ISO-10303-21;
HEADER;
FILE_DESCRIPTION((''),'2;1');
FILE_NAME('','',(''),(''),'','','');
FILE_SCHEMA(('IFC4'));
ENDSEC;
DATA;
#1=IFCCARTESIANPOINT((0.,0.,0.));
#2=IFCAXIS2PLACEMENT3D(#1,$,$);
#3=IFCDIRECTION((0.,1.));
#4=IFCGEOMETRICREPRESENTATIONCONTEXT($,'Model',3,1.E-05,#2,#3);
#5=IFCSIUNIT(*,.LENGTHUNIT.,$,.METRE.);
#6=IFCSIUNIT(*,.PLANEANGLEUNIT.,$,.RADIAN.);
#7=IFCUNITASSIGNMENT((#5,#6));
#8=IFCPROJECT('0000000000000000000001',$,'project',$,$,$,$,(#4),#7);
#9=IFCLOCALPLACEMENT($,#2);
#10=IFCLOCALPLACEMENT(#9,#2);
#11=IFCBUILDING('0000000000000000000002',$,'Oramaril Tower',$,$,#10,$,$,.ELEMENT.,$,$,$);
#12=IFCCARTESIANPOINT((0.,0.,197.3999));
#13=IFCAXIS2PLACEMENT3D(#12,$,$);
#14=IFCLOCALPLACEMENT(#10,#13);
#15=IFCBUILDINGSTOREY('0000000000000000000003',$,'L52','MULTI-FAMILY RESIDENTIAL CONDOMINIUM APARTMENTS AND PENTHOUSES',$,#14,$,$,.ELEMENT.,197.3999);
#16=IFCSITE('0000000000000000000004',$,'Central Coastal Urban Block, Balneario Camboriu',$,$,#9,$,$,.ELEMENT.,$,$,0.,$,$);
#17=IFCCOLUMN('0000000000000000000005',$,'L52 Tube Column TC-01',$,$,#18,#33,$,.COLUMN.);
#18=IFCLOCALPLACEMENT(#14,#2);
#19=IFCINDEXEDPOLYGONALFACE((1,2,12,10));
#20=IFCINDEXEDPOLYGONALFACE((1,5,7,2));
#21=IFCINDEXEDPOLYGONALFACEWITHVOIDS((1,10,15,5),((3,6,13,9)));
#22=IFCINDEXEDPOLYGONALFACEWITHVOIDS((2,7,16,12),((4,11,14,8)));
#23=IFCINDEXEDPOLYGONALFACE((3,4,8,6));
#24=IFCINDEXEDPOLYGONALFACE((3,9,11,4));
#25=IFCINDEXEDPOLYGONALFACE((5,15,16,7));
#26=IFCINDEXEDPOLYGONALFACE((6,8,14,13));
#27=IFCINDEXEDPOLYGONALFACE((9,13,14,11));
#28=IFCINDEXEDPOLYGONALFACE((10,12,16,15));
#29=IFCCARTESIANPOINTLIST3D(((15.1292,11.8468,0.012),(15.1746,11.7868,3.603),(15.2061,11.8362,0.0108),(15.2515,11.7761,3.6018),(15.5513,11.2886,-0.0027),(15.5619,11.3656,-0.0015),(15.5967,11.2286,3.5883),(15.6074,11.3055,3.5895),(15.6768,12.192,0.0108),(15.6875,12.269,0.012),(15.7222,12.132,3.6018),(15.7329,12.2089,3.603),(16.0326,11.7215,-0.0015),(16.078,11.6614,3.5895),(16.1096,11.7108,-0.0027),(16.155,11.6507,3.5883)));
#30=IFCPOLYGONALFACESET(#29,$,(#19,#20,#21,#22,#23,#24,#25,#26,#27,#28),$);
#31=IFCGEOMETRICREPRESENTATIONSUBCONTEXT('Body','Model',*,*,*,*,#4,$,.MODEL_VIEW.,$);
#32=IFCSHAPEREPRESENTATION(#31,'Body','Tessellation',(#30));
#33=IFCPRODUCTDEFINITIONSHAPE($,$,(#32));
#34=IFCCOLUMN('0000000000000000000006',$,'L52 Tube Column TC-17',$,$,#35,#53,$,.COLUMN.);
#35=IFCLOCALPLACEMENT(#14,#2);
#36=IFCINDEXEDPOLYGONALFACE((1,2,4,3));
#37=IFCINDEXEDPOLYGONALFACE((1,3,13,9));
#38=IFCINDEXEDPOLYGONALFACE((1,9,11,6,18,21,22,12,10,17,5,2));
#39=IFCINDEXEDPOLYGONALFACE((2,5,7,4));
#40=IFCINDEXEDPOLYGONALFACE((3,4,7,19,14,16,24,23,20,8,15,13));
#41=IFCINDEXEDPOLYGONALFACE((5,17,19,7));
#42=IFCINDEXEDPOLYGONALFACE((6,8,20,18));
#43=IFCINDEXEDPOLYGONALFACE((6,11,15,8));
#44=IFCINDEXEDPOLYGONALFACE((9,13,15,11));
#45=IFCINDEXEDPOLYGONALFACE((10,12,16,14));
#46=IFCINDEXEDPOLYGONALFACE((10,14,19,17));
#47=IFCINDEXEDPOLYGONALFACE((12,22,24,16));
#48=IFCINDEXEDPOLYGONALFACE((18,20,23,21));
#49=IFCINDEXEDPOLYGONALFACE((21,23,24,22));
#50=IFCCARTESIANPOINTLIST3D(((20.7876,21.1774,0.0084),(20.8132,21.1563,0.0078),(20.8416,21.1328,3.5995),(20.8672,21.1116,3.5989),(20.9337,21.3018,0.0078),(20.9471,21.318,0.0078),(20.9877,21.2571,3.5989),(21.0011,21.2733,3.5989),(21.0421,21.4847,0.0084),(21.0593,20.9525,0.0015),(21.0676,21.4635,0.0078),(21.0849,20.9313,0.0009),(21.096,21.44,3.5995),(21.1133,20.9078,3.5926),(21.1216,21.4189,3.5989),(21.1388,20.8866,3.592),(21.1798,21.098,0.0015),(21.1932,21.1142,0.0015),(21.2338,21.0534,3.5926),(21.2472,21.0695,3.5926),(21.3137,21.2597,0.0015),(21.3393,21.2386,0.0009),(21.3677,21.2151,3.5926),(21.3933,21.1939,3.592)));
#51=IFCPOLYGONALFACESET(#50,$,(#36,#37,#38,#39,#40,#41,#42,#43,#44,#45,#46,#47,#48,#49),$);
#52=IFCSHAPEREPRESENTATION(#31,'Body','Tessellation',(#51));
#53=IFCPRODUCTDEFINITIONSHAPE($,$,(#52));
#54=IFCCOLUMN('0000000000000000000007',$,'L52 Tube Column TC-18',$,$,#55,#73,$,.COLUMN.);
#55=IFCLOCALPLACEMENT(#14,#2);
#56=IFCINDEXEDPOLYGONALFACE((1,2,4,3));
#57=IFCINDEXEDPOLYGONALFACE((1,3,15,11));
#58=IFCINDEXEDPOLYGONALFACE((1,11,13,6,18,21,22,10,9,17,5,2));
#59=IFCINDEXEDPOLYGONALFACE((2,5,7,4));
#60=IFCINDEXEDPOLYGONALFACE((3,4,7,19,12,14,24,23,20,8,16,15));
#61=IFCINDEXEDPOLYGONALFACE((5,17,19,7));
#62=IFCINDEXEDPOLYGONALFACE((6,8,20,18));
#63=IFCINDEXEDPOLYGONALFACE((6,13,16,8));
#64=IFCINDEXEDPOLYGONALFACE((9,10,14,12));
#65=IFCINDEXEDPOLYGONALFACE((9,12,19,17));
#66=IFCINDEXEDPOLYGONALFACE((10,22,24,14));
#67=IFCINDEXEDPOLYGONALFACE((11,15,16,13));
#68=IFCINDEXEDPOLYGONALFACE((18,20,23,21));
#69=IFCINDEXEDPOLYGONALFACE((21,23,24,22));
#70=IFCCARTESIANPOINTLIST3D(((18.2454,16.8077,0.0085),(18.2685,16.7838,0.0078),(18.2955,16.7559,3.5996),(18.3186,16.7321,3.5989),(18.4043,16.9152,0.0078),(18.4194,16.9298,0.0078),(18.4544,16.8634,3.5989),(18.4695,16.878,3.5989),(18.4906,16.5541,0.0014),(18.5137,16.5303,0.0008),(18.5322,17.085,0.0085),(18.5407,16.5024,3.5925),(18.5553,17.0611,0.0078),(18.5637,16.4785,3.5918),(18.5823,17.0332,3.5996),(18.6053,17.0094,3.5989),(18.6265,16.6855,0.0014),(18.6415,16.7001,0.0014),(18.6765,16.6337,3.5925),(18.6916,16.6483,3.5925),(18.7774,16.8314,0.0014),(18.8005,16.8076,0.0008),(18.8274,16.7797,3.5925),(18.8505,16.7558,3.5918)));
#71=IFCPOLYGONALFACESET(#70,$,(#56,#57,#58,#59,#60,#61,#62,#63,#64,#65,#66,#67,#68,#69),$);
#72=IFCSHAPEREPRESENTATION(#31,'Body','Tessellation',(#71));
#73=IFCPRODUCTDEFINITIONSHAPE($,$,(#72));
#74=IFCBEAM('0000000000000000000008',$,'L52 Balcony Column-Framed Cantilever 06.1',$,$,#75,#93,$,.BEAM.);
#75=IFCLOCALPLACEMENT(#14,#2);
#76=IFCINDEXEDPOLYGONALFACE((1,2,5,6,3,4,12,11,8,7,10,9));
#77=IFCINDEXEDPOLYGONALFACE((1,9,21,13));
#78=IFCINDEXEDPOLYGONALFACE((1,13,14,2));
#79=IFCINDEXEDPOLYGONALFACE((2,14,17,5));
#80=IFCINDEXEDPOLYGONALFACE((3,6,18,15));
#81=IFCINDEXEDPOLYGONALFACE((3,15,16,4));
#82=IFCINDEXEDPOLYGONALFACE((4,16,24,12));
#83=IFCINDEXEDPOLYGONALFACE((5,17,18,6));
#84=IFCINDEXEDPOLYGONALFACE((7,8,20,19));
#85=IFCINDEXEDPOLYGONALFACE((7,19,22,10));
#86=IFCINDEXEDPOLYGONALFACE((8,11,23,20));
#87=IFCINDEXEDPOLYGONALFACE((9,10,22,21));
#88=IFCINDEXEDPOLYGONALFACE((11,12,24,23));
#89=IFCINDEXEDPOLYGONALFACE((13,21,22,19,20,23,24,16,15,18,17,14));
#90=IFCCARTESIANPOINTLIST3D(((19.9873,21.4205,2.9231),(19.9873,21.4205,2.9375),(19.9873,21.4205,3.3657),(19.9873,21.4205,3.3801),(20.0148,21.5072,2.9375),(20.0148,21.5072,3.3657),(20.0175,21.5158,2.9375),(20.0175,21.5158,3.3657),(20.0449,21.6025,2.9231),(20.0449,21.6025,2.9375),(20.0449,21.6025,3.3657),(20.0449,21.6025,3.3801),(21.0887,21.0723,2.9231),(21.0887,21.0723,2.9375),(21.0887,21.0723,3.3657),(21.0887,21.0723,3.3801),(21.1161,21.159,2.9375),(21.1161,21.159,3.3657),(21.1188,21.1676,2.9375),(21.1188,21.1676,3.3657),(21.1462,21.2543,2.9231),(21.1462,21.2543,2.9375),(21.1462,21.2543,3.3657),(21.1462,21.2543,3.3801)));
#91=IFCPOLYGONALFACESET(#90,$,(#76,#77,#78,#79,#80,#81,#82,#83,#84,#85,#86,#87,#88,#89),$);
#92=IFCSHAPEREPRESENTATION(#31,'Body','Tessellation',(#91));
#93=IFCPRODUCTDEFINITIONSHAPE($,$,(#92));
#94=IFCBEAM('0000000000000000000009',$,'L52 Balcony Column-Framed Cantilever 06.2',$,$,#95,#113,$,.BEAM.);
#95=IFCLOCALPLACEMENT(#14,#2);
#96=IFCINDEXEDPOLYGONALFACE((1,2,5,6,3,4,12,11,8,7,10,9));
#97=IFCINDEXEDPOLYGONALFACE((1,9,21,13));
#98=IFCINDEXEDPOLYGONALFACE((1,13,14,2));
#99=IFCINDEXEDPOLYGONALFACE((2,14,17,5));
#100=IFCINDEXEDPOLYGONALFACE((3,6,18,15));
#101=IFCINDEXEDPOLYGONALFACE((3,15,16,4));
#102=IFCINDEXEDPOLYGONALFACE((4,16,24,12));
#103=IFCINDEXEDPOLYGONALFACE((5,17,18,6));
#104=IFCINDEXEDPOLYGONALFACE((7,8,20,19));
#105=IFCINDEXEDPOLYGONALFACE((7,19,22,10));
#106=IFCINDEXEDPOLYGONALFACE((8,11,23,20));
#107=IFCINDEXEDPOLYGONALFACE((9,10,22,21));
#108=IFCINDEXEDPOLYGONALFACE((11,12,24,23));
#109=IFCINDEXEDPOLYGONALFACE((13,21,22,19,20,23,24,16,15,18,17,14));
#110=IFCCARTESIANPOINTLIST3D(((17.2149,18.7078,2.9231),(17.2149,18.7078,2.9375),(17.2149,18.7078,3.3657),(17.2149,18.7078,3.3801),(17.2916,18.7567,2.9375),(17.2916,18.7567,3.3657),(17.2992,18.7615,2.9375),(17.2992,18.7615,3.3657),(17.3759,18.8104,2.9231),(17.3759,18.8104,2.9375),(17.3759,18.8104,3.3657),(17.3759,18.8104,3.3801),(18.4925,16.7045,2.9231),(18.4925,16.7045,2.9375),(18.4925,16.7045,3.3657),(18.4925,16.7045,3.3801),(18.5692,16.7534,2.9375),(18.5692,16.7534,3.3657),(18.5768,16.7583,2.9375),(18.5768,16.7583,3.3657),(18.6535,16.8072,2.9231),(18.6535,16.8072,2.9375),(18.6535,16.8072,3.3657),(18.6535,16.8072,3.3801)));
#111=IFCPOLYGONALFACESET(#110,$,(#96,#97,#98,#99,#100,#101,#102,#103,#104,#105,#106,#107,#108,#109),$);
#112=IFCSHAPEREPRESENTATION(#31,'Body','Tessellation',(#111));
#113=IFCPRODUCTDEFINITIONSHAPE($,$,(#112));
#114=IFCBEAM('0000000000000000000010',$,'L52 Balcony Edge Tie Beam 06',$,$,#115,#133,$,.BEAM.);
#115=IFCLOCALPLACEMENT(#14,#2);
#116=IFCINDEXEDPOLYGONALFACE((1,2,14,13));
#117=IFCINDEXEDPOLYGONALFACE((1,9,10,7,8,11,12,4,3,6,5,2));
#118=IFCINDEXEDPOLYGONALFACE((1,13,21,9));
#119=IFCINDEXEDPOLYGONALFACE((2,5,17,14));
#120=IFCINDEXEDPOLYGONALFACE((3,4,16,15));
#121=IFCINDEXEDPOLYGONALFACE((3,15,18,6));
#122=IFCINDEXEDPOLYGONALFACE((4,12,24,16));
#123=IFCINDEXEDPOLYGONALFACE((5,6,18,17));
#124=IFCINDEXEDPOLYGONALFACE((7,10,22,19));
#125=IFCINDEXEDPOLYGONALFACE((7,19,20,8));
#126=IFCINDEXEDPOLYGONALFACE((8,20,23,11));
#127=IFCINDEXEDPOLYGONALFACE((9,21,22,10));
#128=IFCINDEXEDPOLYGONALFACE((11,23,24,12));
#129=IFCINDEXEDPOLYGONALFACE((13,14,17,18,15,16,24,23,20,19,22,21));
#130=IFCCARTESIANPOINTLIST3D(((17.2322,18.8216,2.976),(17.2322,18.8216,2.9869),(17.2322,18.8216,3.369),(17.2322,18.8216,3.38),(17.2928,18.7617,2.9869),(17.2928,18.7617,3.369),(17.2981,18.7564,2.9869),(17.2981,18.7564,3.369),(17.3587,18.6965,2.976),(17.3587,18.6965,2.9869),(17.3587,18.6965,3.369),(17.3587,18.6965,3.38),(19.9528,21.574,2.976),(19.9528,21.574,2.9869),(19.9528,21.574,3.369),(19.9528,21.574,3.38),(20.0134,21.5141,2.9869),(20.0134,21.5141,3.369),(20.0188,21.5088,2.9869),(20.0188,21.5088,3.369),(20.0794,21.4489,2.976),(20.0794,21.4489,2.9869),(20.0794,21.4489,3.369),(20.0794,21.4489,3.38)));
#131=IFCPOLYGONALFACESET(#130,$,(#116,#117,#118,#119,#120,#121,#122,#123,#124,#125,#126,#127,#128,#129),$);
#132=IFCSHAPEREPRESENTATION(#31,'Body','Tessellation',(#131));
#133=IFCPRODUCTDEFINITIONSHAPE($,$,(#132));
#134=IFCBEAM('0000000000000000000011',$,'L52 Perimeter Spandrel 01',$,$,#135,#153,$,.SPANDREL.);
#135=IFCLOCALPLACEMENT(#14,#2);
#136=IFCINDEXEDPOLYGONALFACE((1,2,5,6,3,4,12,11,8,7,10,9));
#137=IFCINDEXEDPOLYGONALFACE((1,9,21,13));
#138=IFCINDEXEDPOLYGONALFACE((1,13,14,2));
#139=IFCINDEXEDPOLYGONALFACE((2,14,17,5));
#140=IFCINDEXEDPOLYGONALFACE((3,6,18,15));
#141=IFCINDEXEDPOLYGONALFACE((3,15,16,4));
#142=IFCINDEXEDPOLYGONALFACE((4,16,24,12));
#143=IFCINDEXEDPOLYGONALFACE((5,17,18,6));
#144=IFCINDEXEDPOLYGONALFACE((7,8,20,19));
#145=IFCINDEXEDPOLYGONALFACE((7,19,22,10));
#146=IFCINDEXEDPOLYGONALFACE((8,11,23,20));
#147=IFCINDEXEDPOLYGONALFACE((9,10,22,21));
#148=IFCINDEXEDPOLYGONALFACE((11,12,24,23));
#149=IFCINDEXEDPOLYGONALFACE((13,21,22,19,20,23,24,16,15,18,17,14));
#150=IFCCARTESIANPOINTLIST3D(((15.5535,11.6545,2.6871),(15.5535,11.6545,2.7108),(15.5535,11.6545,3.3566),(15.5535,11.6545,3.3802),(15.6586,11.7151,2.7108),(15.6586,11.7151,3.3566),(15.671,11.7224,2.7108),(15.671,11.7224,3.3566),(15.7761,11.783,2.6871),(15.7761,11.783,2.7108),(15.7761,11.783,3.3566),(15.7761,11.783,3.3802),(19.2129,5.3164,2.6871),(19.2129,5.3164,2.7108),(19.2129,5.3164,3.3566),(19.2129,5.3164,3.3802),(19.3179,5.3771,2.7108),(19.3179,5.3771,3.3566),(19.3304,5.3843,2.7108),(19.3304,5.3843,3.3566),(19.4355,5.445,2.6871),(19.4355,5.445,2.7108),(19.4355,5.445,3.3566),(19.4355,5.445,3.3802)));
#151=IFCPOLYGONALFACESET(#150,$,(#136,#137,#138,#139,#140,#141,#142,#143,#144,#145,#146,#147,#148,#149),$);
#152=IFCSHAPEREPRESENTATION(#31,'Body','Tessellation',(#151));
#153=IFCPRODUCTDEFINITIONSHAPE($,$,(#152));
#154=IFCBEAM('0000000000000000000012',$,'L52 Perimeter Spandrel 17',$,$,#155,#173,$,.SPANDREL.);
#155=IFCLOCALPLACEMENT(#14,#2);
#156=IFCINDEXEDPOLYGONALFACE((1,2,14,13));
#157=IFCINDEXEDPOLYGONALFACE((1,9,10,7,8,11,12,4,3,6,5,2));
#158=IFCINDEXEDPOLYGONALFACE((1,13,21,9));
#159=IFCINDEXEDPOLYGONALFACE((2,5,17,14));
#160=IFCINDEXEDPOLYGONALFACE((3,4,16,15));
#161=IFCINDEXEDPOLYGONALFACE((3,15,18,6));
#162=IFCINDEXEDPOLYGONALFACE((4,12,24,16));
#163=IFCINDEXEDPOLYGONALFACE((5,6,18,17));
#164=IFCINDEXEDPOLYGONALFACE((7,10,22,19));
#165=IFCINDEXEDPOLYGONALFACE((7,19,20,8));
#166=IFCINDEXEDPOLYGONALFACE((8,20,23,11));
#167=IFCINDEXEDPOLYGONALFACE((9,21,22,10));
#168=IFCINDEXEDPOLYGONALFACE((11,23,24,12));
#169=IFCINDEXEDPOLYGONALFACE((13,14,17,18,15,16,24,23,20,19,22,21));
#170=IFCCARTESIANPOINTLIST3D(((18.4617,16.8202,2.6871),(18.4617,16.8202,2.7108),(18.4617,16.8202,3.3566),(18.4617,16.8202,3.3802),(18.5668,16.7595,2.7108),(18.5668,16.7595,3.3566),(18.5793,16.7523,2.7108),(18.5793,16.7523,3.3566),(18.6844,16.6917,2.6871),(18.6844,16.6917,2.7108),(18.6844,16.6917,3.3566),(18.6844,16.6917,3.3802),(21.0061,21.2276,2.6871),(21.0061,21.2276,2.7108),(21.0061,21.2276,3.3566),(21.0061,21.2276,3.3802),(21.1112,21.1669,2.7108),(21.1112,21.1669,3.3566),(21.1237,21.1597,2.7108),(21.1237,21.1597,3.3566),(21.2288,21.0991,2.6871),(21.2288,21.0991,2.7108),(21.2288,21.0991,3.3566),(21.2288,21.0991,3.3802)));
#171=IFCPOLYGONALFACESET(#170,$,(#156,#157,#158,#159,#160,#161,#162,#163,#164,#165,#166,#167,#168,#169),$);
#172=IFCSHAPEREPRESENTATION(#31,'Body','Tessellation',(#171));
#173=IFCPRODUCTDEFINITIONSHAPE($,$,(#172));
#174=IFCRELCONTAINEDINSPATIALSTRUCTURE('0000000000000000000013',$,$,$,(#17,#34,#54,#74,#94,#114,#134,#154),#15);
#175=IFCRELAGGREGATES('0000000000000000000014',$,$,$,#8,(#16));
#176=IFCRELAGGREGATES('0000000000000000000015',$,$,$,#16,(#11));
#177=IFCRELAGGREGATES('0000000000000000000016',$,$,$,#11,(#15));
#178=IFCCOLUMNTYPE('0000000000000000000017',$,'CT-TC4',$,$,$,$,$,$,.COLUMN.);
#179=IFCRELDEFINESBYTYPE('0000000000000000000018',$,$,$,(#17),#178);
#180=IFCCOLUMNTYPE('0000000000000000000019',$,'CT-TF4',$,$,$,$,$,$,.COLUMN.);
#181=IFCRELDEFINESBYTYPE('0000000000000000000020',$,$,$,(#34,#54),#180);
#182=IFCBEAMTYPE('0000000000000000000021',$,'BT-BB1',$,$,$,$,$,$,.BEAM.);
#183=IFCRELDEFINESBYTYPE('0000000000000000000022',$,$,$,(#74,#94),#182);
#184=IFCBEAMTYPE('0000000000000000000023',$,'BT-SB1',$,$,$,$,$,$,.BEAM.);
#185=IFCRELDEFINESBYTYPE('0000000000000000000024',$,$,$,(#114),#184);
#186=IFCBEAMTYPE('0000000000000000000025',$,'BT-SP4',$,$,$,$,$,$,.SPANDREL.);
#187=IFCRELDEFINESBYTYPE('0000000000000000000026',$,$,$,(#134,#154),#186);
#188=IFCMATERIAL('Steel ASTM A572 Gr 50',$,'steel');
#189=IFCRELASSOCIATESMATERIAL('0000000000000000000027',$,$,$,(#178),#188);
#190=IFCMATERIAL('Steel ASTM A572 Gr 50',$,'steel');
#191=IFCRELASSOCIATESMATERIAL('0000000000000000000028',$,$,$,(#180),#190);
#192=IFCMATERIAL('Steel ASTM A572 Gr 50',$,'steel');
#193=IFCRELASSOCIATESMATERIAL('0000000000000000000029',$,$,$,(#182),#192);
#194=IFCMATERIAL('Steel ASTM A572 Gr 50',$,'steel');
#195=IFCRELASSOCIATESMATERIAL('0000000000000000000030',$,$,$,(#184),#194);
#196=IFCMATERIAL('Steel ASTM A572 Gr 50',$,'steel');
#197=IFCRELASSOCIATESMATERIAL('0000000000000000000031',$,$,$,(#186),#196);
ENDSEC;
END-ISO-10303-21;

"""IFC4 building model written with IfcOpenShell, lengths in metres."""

from ifc_helpers import new_model, si_unit, direction, frame, origin, origin_2d, place, context, subcontext, project, spatial, hollow_rectangle, i_section, extrude, material, material_profile, profile_set, type_object, element, save


model = new_model("IFC4")

# Units and contexts
model_context = context("Model", 3, precision=1e-05, world=origin(), true_north=direction((0.0, 1.0)))
body_context = subcontext(model_context, "Body", "Model", "MODEL_VIEW")
ifc_project = project(units=[si_unit("LENGTHUNIT", "METRE"), si_unit("PLANEANGLEUNIT", "RADIAN")], contexts=[model_context])

# Site, building, storey
site_placement = place(None, origin())
site = spatial("IfcSite", under=ifc_project, at=site_placement, Name="Central Coastal Urban Block, Balneario Camboriu", CompositionType="ELEMENT", RefElevation=0.0)
building_placement = place(site_placement, origin())
building = spatial("IfcBuilding", under=site, at=building_placement, Name="Oramaril Tower", CompositionType="ELEMENT")
storey_placement = place(building_placement, frame((0.0, 0.0, 197.3999)))
storey = spatial("IfcBuildingStorey", under=building, at=storey_placement, Name="L52", Description="MULTI-FAMILY RESIDENTIAL CONDOMINIUM APARTMENTS AND PENTHOUSES", CompositionType="ELEMENT", Elevation=197.3999)

# Columns
ifc_material_1 = material(Name="Steel ASTM A572 Gr 50", Category="steel")
ifc_material_profile_1 = material_profile(ifc_material_1, hollow_rectangle(XDim=0.7, YDim=0.7, WallThickness=0.0549, at=origin_2d()), Name="BOX700X700X55")
ifc_profile_set_1 = profile_set([ifc_material_profile_1], Name="Steel ASTM A572 Gr 50")
column_type_1 = type_object("IfcColumnType", Name="CT-TC4", PredefinedType="COLUMN", material=ifc_profile_set_1)
column_placement = place(storey_placement, frame((15.6194, 11.7788, 0.0046), z_axis=(0.012643, -0.016721, 0.99978), x_axis=(0.797659, 0.603108, 0.0)))
element("IfcColumn", 1, at=column_placement, inside=storey, type_object=column_type_1, Name="L52 Tube Column TC-01", PredefinedType="COLUMN", context=body_context, shape_type="SweptSolid", body=[
    extrude(hollow_rectangle(XDim=0.7, YDim=0.7, WallThickness=0.0549, at=origin_2d()), origin(), (0.0, 0.0, 1.0), 3.5918),
])
ifc_material_2 = material(Name="Steel ASTM A572 Gr 50", Category="steel")
ifc_material_profile_2 = material_profile(ifc_material_2, i_section(OverallWidth=0.3989, OverallDepth=0.386, WebThickness=0.021, FlangeThickness=0.0332, at=origin_2d()), Name="W14X176")
ifc_profile_set_2 = profile_set([ifc_material_profile_2], Name="Steel ASTM A572 Gr 50")
column_type_2 = type_object("IfcColumnType", Name="CT-TF4", PredefinedType="COLUMN", material=ifc_profile_set_2)
for number, where, z_axis, x_axis, name in (
    (2, (21.0635, 21.208, 0.0046), (0.015022, -0.012439, 0.99981), (0.637782, 0.770217, 0.0), "L52 Tube Column TC-17"),
    (3, (18.5229, 16.8076, 0.0046), (0.013934, -0.01441, 0.999799), (0.718875, 0.695139, 0.0), "L52 Tube Column TC-18"),
):
    element("IfcColumn", number, at=place(storey_placement, frame(where, z_axis=z_axis, x_axis=x_axis)), inside=storey, type_object=column_type_2, Name=name, PredefinedType="COLUMN", context=body_context, shape_type="SweptSolid", body=[
        extrude(i_section(OverallWidth=0.3989, OverallDepth=0.386, WebThickness=0.021, FlangeThickness=0.0332, at=origin_2d()), origin(), (0.0, 0.0, 1.0), 3.5918),
    ])

# Beams
ifc_material_3 = material(Name="Steel ASTM A572 Gr 50", Category="steel")
ifc_material_profile_3 = material_profile(ifc_material_3, i_section(OverallWidth=0.1909, OverallDepth=0.457, WebThickness=0.009, FlangeThickness=0.0144, at=origin_2d()), Name="W18X50")
ifc_profile_set_3 = profile_set([ifc_material_profile_3], Name="Steel ASTM A572 Gr 50")
beam_type_1 = type_object("IfcBeamType", Name="BT-BB1", PredefinedType="BEAM", material=ifc_profile_set_3)
beam_1_placement = place(storey_placement, frame((21.1174, 21.1633, 3.1516), z_axis=(-0.953493, 0.301415, 0.0), x_axis=(-0.301415, -0.953493, 0.0)))
element("IfcBeam", 4, at=beam_1_placement, inside=storey, type_object=beam_type_1, Name="L52 Balcony Column-Framed Cantilever 06.1", PredefinedType="BEAM", context=body_context, shape_type="SweptSolid", body=[
    extrude(i_section(OverallWidth=0.1909, OverallDepth=0.457, WebThickness=0.009, FlangeThickness=0.0144, at=origin_2d()), origin(), (0.0, 0.0, 1.0), 1.155),
])
beam_2_placement = place(storey_placement, frame((18.573, 16.7559, 3.1516), z_axis=(-0.537726, 0.843119, 0.0), x_axis=(-0.843119, -0.537726, 0.0)))
element("IfcBeam", 5, at=beam_2_placement, inside=storey, type_object=beam_type_1, Name="L52 Balcony Column-Framed Cantilever 06.2", PredefinedType="BEAM", context=body_context, shape_type="SweptSolid", body=[
    extrude(i_section(OverallWidth=0.1909, OverallDepth=0.457, WebThickness=0.009, FlangeThickness=0.0144, at=origin_2d()), origin(), (0.0, 0.0, 1.0), 2.376),
])
ifc_material_4 = material(Name="Steel ASTM A572 Gr 50", Category="steel")
ifc_material_profile_4 = material_profile(ifc_material_4, i_section(OverallWidth=0.178, OverallDepth=0.4041, WebThickness=0.0076, FlangeThickness=0.011, at=origin_2d()), Name="W16X36")
ifc_profile_set_4 = profile_set([ifc_material_profile_4], Name="Steel ASTM A572 Gr 50")
beam_type_2 = type_object("IfcBeamType", Name="BT-SB1", PredefinedType="BEAM", material=ifc_profile_set_4)
beam_3_placement = place(storey_placement, frame((20.0161, 21.5115, 3.178), z_axis=(-0.702995, -0.711195, 0.0), x_axis=(0.711195, -0.702995, 0.0)))
element("IfcBeam", 6, at=beam_3_placement, inside=storey, type_object=beam_type_2, Name="L52 Balcony Edge Tie Beam 06", PredefinedType="BEAM", context=body_context, shape_type="SweptSolid", body=[
    extrude(i_section(OverallWidth=0.178, OverallDepth=0.4041, WebThickness=0.0076, FlangeThickness=0.011, at=origin_2d()), origin(), (0.0, 0.0, 1.0), 3.8701),
])
ifc_material_5 = material(Name="Steel ASTM A572 Gr 50", Category="steel")
ifc_material_profile_5 = material_profile(ifc_material_5, i_section(OverallWidth=0.2571, OverallDepth=0.6931, WebThickness=0.0144, FlangeThickness=0.0237, at=origin_2d()), Name="W27X114")
ifc_profile_set_5 = profile_set([ifc_material_profile_5], Name="Steel ASTM A572 Gr 50")
beam_type_3 = type_object("IfcBeamType", Name="BT-SP4", PredefinedType="SPANDREL", material=ifc_profile_set_5)
beam_4_placement = place(storey_placement, frame((15.6648, 11.7188, 3.0337), z_axis=(0.50001, -0.866019, 0.0), x_axis=(0.866019, 0.50001, 0.0)))
element("IfcBeam", 7, at=beam_4_placement, inside=storey, type_object=beam_type_3, Name="L52 Perimeter Spandrel 01", PredefinedType="SPANDREL", context=body_context, shape_type="SweptSolid", body=[
    extrude(i_section(OverallWidth=0.2571, OverallDepth=0.6931, WebThickness=0.0144, FlangeThickness=0.0237, at=origin_2d()), origin(), (0.0, 0.0, 1.0), 7.3186),
])
beam_5_placement = place(storey_placement, frame((21.1174, 21.1633, 3.0337), z_axis=(-0.499967, -0.866044, 0.0), x_axis=(0.866044, -0.499967, 0.0)))
element("IfcBeam", 8, at=beam_5_placement, inside=storey, type_object=beam_type_3, Name="L52 Perimeter Spandrel 17", PredefinedType="SPANDREL", context=body_context, shape_type="SweptSolid", body=[
    extrude(i_section(OverallWidth=0.2571, OverallDepth=0.6931, WebThickness=0.0144, FlangeThickness=0.0237, at=origin_2d()), origin(), (0.0, 0.0, 1.0), 5.0891),
])

save(model, "model.ifc")
